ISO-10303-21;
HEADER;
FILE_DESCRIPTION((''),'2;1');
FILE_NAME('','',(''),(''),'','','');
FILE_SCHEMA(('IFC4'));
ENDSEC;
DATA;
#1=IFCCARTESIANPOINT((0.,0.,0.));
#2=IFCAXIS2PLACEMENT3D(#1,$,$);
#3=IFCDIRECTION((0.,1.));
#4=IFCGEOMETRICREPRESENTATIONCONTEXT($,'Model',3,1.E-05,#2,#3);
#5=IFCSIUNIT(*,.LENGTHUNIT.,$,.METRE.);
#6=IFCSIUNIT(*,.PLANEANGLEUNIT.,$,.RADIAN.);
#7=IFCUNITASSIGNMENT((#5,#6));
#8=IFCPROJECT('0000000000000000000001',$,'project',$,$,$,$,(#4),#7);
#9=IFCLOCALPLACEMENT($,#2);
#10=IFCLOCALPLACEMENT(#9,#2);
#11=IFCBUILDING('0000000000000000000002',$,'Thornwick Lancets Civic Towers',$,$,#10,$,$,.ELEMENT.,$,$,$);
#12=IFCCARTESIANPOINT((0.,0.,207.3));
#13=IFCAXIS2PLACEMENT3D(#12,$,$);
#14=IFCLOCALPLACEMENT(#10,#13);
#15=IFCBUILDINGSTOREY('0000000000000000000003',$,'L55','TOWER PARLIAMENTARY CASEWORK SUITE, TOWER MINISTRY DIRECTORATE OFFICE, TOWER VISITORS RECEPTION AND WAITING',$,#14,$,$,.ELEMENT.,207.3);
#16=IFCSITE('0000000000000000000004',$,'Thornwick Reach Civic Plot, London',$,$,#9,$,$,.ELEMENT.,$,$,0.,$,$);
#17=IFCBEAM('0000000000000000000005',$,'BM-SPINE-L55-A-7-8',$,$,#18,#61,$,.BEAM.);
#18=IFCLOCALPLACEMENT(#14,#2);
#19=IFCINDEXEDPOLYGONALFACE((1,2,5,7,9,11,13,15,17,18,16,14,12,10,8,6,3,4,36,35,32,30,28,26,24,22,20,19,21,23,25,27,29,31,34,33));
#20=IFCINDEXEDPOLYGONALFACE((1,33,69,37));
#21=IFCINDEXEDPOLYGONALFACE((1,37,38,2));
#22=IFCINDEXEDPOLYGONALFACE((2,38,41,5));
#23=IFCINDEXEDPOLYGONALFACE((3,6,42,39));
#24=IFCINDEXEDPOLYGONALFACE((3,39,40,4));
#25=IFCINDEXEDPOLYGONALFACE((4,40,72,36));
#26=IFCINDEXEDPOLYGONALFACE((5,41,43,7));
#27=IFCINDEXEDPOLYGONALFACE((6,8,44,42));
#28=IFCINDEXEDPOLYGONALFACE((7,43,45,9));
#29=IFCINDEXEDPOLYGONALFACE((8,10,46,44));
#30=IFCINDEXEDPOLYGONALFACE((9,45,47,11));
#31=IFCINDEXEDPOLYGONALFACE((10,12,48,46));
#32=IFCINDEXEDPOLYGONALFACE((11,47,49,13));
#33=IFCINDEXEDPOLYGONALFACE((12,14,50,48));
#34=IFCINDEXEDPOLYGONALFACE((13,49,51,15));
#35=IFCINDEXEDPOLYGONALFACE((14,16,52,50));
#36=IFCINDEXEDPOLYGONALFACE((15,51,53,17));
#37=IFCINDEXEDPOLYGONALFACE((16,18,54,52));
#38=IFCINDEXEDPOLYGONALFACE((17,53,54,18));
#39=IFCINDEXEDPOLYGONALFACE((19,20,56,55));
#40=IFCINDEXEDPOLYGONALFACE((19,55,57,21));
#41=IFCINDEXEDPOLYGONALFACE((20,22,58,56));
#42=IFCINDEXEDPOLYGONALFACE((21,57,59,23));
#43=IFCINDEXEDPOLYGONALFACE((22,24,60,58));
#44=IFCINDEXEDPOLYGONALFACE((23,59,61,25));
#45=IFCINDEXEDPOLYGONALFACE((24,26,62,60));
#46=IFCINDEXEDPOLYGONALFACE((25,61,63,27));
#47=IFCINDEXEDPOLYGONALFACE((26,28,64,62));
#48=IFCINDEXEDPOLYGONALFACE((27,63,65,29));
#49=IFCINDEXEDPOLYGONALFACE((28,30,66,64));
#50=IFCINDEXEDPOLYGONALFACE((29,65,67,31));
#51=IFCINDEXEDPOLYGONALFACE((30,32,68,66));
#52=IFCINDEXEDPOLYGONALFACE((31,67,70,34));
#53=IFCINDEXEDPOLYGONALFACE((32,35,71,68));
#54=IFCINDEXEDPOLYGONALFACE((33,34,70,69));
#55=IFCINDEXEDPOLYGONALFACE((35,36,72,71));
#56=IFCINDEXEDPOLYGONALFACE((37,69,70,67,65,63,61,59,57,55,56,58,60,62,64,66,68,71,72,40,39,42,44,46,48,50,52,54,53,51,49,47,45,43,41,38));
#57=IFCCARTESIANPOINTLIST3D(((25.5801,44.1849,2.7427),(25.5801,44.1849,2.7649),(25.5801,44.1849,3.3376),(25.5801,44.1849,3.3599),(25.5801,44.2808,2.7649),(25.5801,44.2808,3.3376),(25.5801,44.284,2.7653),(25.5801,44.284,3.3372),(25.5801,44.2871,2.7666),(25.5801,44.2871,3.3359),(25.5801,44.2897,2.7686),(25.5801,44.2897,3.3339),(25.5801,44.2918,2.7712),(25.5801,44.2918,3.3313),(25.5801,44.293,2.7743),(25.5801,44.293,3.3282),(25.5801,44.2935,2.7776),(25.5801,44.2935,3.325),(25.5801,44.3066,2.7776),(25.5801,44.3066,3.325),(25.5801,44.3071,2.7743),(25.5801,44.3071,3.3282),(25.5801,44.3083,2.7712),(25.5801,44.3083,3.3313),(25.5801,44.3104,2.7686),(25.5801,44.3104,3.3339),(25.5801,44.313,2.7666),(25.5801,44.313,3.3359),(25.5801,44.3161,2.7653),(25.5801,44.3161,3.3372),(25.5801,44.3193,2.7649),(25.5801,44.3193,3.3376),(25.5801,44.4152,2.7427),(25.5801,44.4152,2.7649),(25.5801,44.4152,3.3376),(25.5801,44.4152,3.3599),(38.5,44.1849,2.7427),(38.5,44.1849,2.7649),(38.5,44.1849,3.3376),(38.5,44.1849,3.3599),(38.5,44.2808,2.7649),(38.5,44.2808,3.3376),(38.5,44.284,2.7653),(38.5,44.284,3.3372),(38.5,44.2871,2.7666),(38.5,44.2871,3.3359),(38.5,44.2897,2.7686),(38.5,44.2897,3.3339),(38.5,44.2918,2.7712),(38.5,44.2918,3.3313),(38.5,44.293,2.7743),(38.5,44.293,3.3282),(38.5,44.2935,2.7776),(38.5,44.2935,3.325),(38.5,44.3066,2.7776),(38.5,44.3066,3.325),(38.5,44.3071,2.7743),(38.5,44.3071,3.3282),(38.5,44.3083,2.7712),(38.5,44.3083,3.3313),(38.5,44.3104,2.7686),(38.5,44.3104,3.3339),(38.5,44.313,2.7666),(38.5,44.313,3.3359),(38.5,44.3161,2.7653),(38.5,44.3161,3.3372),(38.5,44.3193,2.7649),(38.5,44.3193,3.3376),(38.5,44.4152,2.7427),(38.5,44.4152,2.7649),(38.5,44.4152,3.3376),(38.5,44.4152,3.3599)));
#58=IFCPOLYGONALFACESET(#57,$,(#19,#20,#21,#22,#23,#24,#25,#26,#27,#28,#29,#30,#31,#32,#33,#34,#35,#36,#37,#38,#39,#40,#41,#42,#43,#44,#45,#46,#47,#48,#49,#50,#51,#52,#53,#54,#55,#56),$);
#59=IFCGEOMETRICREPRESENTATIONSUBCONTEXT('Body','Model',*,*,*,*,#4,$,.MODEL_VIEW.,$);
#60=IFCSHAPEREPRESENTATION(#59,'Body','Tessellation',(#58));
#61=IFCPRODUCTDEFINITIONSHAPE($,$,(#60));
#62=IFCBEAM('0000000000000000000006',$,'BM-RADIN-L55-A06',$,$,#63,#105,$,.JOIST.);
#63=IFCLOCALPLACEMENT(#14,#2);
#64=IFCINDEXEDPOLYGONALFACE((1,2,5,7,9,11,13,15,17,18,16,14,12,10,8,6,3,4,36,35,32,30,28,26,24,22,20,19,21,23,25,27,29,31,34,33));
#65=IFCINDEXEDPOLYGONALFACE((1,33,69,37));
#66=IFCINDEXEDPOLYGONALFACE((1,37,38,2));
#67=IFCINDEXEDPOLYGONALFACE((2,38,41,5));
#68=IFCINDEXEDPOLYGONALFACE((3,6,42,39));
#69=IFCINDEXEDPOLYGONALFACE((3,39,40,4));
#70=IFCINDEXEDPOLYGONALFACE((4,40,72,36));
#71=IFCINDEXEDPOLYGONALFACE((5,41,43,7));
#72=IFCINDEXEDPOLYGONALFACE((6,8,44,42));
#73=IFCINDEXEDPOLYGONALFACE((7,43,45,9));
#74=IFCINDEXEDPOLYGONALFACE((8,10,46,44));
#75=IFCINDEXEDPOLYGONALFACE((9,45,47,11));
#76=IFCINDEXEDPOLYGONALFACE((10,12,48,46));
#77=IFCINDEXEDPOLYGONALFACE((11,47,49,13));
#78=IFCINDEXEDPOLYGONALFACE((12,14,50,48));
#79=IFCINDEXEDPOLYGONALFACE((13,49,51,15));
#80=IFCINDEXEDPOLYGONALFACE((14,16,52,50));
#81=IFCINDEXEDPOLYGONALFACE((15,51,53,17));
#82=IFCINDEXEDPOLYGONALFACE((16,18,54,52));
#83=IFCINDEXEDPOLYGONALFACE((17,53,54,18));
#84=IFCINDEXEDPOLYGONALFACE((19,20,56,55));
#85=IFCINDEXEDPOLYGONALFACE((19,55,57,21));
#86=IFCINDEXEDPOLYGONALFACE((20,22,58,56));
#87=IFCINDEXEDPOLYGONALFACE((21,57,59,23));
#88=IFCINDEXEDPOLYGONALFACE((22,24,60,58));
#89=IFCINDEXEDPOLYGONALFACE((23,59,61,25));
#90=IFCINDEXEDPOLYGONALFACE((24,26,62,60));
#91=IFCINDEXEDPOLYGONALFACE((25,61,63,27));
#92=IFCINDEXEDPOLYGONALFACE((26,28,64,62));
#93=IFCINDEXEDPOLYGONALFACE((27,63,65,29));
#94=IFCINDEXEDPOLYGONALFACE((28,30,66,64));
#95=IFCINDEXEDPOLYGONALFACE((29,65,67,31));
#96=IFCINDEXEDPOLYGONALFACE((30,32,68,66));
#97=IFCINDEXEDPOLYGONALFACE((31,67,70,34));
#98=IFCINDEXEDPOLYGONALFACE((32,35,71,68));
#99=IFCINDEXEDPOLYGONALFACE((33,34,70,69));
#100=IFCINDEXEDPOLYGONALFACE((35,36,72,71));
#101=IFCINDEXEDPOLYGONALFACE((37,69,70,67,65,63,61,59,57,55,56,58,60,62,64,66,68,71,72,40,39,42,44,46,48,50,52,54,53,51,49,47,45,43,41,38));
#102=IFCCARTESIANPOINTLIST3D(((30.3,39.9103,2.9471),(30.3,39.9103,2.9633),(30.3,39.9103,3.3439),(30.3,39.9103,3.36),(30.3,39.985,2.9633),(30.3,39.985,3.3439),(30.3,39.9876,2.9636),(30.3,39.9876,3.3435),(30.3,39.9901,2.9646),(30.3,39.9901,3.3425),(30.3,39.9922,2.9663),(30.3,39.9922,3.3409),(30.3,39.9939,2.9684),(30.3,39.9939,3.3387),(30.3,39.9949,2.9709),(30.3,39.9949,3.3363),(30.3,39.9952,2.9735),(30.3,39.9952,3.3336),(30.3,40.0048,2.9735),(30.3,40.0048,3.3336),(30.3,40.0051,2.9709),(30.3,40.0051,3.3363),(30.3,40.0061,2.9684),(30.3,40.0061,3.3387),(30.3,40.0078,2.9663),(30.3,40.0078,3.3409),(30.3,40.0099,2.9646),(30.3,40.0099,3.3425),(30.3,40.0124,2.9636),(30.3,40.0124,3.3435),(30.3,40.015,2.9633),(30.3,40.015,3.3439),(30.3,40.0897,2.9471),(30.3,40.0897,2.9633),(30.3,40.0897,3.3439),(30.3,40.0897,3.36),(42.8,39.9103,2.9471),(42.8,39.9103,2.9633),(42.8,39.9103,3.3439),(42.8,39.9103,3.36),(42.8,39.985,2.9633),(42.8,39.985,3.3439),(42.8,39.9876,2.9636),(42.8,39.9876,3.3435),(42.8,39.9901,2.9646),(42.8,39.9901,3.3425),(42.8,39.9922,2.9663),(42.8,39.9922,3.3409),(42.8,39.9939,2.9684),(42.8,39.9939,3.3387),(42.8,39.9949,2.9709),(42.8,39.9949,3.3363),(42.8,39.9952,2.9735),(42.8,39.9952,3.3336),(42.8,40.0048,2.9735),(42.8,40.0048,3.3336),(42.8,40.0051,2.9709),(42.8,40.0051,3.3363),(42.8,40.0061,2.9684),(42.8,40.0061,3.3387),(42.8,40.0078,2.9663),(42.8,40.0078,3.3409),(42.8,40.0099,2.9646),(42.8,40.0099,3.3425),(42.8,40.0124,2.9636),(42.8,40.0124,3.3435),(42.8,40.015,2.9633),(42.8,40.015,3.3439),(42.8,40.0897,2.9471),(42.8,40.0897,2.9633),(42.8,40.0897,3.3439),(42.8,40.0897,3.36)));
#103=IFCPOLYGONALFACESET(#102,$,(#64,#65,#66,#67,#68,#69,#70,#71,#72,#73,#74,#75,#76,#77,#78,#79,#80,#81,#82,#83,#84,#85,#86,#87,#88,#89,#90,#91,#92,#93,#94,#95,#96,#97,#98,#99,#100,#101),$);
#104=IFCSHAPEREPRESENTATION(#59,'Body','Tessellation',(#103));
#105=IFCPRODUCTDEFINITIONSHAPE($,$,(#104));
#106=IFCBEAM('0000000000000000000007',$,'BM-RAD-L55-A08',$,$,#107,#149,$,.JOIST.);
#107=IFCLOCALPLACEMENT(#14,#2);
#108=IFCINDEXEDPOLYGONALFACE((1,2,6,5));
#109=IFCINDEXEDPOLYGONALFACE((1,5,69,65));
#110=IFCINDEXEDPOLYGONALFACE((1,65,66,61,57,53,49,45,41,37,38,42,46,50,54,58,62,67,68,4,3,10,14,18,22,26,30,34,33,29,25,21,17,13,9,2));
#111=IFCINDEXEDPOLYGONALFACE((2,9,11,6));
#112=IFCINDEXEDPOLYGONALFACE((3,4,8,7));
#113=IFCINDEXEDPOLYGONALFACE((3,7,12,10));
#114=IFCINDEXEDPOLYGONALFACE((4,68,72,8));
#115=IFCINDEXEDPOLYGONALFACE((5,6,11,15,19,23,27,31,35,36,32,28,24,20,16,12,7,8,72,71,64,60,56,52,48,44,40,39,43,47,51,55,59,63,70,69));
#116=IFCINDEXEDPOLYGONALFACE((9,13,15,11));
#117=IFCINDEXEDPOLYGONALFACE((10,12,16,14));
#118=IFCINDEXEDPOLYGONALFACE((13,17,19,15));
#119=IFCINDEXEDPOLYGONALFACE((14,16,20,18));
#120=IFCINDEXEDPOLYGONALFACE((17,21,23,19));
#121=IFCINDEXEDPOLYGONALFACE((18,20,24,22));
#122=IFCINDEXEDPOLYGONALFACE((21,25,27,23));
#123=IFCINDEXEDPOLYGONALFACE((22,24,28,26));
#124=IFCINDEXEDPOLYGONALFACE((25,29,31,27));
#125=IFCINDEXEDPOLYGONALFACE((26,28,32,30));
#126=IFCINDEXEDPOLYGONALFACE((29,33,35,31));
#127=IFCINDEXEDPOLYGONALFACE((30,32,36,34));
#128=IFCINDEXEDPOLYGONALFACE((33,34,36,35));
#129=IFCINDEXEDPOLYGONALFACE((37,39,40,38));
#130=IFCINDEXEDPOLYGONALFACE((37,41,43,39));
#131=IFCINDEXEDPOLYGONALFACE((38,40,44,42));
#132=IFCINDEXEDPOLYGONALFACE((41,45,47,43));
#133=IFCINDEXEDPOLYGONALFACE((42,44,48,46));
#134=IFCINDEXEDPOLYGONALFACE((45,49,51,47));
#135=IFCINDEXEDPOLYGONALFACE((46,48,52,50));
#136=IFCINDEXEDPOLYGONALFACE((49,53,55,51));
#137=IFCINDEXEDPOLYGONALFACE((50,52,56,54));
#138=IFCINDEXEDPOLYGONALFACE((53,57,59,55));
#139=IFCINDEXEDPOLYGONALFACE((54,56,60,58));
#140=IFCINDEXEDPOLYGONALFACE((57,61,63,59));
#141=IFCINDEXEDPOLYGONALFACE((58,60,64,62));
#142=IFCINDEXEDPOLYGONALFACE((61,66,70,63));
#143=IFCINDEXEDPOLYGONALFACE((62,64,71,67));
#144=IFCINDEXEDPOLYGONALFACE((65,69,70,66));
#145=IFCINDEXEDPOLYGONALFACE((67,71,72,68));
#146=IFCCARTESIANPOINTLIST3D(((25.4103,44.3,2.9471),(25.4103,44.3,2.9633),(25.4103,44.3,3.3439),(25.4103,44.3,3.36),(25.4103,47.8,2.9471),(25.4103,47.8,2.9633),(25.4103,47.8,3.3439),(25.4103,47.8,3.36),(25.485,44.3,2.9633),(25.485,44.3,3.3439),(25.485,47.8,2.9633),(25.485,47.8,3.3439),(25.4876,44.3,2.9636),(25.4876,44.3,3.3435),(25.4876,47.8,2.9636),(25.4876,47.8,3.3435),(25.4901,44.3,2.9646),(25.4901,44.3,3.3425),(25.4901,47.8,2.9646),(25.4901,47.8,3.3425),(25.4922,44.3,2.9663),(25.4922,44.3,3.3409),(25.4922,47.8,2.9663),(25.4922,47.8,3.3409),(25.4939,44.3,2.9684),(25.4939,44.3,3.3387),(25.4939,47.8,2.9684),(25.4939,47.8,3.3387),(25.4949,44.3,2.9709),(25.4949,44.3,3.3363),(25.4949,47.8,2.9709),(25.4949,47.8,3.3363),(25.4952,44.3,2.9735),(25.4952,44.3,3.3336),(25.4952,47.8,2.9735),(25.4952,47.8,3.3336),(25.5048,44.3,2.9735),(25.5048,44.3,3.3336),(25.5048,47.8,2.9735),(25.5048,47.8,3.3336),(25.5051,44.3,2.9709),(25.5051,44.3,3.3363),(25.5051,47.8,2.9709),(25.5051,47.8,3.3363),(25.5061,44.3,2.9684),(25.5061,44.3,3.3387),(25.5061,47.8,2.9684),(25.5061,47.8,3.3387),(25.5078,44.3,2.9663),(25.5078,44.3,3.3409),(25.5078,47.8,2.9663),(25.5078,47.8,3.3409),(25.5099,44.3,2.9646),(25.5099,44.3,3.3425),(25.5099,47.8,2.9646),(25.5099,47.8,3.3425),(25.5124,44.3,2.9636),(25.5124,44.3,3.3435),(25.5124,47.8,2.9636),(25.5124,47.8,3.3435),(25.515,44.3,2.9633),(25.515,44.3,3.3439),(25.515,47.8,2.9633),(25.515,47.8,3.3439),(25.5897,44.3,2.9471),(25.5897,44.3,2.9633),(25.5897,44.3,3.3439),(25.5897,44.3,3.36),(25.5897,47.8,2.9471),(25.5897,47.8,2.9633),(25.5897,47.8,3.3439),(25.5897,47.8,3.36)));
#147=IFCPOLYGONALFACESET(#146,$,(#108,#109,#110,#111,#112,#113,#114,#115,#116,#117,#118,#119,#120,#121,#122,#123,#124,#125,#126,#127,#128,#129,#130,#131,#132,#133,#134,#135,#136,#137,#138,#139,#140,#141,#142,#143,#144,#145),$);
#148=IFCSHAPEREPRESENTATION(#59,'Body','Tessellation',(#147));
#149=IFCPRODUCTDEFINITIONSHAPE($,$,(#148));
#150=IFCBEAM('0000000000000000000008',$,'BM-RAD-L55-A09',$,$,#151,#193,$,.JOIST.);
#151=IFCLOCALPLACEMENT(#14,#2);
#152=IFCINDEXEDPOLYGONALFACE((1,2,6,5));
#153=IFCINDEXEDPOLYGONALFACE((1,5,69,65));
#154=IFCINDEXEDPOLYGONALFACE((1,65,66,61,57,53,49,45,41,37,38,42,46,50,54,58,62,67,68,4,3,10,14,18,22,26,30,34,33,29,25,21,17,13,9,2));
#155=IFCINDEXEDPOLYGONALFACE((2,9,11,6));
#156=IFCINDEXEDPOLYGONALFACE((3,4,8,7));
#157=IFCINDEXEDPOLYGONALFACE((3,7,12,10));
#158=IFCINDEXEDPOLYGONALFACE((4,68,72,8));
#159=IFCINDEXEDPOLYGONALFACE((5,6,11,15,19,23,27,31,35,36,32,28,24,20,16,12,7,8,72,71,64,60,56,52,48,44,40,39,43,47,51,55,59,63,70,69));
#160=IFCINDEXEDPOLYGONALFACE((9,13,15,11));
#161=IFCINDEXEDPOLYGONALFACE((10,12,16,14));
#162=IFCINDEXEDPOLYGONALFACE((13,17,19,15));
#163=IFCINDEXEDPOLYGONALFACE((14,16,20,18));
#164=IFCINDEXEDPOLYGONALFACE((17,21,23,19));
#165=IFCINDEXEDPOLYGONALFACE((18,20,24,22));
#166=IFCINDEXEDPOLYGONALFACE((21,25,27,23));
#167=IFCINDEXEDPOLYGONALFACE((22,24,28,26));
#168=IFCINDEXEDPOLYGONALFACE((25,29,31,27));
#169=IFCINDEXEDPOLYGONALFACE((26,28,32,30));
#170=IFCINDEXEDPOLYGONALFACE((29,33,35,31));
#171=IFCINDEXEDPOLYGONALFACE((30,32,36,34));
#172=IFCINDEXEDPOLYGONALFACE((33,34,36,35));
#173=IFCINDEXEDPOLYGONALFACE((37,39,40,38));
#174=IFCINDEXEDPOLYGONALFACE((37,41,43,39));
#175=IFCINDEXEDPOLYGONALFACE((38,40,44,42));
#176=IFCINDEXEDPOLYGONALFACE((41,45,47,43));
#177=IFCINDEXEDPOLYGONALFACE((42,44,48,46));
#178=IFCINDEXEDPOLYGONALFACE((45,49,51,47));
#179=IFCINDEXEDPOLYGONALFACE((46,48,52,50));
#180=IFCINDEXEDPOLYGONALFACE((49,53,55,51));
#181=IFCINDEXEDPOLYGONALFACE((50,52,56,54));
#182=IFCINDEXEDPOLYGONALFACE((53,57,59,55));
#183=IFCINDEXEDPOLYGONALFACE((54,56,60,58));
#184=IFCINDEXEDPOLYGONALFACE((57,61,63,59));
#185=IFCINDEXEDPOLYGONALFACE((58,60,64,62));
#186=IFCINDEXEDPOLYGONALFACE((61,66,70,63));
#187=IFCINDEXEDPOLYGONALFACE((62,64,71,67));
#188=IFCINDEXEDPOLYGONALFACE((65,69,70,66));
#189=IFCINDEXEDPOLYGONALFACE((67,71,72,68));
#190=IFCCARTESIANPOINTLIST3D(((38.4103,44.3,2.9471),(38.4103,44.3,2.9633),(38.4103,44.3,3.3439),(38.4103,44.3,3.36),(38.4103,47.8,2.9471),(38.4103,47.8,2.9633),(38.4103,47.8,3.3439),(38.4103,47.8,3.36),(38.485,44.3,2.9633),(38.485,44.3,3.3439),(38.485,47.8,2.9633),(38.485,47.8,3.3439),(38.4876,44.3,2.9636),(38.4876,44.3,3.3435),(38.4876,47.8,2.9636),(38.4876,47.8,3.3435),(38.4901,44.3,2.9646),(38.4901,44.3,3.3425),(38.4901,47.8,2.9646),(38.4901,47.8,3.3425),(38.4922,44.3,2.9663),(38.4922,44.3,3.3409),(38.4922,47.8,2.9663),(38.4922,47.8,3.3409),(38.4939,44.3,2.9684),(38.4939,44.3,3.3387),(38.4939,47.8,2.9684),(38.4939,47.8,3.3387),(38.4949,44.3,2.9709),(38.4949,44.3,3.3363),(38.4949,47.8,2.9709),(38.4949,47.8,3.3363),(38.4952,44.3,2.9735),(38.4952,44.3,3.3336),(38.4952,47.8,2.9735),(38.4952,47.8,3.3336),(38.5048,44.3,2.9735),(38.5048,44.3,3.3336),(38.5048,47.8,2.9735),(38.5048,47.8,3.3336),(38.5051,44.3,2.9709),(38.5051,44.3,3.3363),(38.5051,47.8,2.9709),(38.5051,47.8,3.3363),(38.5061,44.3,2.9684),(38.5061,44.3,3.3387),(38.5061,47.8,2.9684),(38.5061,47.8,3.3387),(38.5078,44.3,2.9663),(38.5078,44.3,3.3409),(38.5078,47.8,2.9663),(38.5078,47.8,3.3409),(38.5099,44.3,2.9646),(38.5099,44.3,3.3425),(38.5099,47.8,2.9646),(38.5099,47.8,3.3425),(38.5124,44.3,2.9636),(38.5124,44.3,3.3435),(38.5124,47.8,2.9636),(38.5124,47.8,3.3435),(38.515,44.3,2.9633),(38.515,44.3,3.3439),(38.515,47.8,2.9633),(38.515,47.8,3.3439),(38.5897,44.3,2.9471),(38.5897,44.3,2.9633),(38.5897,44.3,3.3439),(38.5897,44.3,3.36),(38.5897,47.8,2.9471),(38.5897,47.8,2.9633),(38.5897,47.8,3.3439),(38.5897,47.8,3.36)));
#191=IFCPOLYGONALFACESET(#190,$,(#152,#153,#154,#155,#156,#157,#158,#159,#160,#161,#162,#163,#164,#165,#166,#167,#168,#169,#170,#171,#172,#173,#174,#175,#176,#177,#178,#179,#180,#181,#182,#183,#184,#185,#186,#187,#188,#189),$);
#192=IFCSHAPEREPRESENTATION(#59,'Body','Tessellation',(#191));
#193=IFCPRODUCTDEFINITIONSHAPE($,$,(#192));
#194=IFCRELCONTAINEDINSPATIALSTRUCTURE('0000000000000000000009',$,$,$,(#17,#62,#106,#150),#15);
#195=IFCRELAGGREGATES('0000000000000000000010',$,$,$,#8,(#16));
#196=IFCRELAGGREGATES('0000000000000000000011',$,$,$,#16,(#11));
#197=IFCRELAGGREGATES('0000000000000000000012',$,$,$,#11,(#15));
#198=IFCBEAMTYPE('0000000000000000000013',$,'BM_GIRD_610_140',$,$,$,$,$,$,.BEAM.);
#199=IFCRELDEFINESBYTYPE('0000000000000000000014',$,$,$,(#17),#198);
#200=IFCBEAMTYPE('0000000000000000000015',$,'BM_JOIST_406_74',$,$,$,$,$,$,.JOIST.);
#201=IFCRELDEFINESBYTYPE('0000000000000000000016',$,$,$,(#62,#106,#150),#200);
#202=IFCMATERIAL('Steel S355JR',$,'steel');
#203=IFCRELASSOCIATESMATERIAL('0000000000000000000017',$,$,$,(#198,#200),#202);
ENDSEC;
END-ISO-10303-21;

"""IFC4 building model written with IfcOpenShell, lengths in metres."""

from ifc_helpers import new_model, si_unit, direction, frame, origin, origin_2d, place, context, subcontext, project, spatial, i_section, extrude, material, material_profile, profile_set, type_object, element, save


model = new_model("IFC4")

# Units and contexts
model_context = context("Model", 3, precision=1e-05, world=origin(), true_north=direction((0.0, 1.0)))
body_context = subcontext(model_context, "Body", "Model", "MODEL_VIEW")
ifc_project = project(units=[si_unit("LENGTHUNIT", "METRE"), si_unit("PLANEANGLEUNIT", "RADIAN")], contexts=[model_context])

# Site, building, storey
site_placement = place(None, origin())
site = spatial("IfcSite", under=ifc_project, at=site_placement, Name="Thornwick Reach Civic Plot, London", CompositionType="ELEMENT", RefElevation=0.0)
building_placement = place(site_placement, origin())
building = spatial("IfcBuilding", under=site, at=building_placement, Name="Thornwick Lancets Civic Towers", CompositionType="ELEMENT")
storey_placement = place(building_placement, frame((0.0, 0.0, 207.3)))
storey = spatial("IfcBuildingStorey", under=building, at=storey_placement, Name="L55", Description="TOWER PARLIAMENTARY CASEWORK SUITE, TOWER MINISTRY DIRECTORATE OFFICE, TOWER VISITORS RECEPTION AND WAITING", CompositionType="ELEMENT", Elevation=207.3)

# Shared definitions
ifc_material_1 = material(Name="Steel S355JR", Category="steel")

# Beams
ifc_material_profile_1 = material_profile(ifc_material_1, i_section(OverallWidth=0.2302, OverallDepth=0.6172, WebThickness=0.0132, FlangeThickness=0.0222, FilletRadius=0.0127, at=origin_2d()), Name="UKB 610x229x140")
ifc_profile_set_1 = profile_set([ifc_material_profile_1], Name="Steel S355JR")
beam_type_1 = type_object("IfcBeamType", Name="BM_GIRD_610_140", PredefinedType="BEAM", material=ifc_profile_set_1)
beam_1_placement = place(storey_placement, frame((25.5801, 44.3, 3.0513), z_axis=(1.0, 0.0, 0.0), x_axis=(0.0, 1.0, 0.0)))
element("IfcBeam", 1, at=beam_1_placement, inside=storey, type_object=beam_type_1, Name="BM-SPINE-L55-A-7-8", PredefinedType="BEAM", context=body_context, shape_type="SweptSolid", body=[
    extrude(i_section(OverallWidth=0.2302, OverallDepth=0.6172, WebThickness=0.0132, FlangeThickness=0.0222, FilletRadius=0.0127, at=origin_2d()), origin(), (0.0, 0.0, 1.0), 12.9199),
])
ifc_material_profile_2 = material_profile(ifc_material_1, i_section(OverallWidth=0.1794, OverallDepth=0.4128, WebThickness=0.0095, FlangeThickness=0.0161, FilletRadius=0.0103, at=origin_2d()), Name="UKB 406x178x74")
ifc_profile_set_2 = profile_set([ifc_material_profile_2], Name="Steel S355JR")
beam_type_2 = type_object("IfcBeamType", Name="BM_JOIST_406_74", PredefinedType="JOIST", material=ifc_profile_set_2)
beam_2_placement = place(storey_placement, frame((30.3, 40.0, 3.1536), z_axis=(1.0, 0.0, 0.0), x_axis=(0.0, 1.0, 0.0)))
element("IfcBeam", 2, at=beam_2_placement, inside=storey, type_object=beam_type_2, Name="BM-RADIN-L55-A06", PredefinedType="JOIST", context=body_context, shape_type="SweptSolid", body=[
    extrude(i_section(OverallWidth=0.1794, OverallDepth=0.4128, WebThickness=0.0095, FlangeThickness=0.0161, FilletRadius=0.0103, at=origin_2d()), origin(), (0.0, 0.0, 1.0), 12.5),
])
for number, where, z_axis, x_axis, name in (
    (3, (25.5, 44.3, 3.1536), (0.0, 1.0, 0.0), (-1.0, 0.0, 0.0), "BM-RAD-L55-A08"),
    (4, (38.5, 44.3, 3.1536), (0.0, 1.0, 0.0), (-1.0, 0.0, 0.0), "BM-RAD-L55-A09"),
):
    element("IfcBeam", number, at=place(storey_placement, frame(where, z_axis=z_axis, x_axis=x_axis)), inside=storey, type_object=beam_type_2, Name=name, PredefinedType="JOIST", context=body_context, shape_type="SweptSolid", body=[
        extrude(i_section(OverallWidth=0.1794, OverallDepth=0.4128, WebThickness=0.0095, FlangeThickness=0.0161, FilletRadius=0.0103, at=origin_2d()), origin(), (0.0, 0.0, 1.0), 3.5),
    ])

save(model, "model.ifc")
